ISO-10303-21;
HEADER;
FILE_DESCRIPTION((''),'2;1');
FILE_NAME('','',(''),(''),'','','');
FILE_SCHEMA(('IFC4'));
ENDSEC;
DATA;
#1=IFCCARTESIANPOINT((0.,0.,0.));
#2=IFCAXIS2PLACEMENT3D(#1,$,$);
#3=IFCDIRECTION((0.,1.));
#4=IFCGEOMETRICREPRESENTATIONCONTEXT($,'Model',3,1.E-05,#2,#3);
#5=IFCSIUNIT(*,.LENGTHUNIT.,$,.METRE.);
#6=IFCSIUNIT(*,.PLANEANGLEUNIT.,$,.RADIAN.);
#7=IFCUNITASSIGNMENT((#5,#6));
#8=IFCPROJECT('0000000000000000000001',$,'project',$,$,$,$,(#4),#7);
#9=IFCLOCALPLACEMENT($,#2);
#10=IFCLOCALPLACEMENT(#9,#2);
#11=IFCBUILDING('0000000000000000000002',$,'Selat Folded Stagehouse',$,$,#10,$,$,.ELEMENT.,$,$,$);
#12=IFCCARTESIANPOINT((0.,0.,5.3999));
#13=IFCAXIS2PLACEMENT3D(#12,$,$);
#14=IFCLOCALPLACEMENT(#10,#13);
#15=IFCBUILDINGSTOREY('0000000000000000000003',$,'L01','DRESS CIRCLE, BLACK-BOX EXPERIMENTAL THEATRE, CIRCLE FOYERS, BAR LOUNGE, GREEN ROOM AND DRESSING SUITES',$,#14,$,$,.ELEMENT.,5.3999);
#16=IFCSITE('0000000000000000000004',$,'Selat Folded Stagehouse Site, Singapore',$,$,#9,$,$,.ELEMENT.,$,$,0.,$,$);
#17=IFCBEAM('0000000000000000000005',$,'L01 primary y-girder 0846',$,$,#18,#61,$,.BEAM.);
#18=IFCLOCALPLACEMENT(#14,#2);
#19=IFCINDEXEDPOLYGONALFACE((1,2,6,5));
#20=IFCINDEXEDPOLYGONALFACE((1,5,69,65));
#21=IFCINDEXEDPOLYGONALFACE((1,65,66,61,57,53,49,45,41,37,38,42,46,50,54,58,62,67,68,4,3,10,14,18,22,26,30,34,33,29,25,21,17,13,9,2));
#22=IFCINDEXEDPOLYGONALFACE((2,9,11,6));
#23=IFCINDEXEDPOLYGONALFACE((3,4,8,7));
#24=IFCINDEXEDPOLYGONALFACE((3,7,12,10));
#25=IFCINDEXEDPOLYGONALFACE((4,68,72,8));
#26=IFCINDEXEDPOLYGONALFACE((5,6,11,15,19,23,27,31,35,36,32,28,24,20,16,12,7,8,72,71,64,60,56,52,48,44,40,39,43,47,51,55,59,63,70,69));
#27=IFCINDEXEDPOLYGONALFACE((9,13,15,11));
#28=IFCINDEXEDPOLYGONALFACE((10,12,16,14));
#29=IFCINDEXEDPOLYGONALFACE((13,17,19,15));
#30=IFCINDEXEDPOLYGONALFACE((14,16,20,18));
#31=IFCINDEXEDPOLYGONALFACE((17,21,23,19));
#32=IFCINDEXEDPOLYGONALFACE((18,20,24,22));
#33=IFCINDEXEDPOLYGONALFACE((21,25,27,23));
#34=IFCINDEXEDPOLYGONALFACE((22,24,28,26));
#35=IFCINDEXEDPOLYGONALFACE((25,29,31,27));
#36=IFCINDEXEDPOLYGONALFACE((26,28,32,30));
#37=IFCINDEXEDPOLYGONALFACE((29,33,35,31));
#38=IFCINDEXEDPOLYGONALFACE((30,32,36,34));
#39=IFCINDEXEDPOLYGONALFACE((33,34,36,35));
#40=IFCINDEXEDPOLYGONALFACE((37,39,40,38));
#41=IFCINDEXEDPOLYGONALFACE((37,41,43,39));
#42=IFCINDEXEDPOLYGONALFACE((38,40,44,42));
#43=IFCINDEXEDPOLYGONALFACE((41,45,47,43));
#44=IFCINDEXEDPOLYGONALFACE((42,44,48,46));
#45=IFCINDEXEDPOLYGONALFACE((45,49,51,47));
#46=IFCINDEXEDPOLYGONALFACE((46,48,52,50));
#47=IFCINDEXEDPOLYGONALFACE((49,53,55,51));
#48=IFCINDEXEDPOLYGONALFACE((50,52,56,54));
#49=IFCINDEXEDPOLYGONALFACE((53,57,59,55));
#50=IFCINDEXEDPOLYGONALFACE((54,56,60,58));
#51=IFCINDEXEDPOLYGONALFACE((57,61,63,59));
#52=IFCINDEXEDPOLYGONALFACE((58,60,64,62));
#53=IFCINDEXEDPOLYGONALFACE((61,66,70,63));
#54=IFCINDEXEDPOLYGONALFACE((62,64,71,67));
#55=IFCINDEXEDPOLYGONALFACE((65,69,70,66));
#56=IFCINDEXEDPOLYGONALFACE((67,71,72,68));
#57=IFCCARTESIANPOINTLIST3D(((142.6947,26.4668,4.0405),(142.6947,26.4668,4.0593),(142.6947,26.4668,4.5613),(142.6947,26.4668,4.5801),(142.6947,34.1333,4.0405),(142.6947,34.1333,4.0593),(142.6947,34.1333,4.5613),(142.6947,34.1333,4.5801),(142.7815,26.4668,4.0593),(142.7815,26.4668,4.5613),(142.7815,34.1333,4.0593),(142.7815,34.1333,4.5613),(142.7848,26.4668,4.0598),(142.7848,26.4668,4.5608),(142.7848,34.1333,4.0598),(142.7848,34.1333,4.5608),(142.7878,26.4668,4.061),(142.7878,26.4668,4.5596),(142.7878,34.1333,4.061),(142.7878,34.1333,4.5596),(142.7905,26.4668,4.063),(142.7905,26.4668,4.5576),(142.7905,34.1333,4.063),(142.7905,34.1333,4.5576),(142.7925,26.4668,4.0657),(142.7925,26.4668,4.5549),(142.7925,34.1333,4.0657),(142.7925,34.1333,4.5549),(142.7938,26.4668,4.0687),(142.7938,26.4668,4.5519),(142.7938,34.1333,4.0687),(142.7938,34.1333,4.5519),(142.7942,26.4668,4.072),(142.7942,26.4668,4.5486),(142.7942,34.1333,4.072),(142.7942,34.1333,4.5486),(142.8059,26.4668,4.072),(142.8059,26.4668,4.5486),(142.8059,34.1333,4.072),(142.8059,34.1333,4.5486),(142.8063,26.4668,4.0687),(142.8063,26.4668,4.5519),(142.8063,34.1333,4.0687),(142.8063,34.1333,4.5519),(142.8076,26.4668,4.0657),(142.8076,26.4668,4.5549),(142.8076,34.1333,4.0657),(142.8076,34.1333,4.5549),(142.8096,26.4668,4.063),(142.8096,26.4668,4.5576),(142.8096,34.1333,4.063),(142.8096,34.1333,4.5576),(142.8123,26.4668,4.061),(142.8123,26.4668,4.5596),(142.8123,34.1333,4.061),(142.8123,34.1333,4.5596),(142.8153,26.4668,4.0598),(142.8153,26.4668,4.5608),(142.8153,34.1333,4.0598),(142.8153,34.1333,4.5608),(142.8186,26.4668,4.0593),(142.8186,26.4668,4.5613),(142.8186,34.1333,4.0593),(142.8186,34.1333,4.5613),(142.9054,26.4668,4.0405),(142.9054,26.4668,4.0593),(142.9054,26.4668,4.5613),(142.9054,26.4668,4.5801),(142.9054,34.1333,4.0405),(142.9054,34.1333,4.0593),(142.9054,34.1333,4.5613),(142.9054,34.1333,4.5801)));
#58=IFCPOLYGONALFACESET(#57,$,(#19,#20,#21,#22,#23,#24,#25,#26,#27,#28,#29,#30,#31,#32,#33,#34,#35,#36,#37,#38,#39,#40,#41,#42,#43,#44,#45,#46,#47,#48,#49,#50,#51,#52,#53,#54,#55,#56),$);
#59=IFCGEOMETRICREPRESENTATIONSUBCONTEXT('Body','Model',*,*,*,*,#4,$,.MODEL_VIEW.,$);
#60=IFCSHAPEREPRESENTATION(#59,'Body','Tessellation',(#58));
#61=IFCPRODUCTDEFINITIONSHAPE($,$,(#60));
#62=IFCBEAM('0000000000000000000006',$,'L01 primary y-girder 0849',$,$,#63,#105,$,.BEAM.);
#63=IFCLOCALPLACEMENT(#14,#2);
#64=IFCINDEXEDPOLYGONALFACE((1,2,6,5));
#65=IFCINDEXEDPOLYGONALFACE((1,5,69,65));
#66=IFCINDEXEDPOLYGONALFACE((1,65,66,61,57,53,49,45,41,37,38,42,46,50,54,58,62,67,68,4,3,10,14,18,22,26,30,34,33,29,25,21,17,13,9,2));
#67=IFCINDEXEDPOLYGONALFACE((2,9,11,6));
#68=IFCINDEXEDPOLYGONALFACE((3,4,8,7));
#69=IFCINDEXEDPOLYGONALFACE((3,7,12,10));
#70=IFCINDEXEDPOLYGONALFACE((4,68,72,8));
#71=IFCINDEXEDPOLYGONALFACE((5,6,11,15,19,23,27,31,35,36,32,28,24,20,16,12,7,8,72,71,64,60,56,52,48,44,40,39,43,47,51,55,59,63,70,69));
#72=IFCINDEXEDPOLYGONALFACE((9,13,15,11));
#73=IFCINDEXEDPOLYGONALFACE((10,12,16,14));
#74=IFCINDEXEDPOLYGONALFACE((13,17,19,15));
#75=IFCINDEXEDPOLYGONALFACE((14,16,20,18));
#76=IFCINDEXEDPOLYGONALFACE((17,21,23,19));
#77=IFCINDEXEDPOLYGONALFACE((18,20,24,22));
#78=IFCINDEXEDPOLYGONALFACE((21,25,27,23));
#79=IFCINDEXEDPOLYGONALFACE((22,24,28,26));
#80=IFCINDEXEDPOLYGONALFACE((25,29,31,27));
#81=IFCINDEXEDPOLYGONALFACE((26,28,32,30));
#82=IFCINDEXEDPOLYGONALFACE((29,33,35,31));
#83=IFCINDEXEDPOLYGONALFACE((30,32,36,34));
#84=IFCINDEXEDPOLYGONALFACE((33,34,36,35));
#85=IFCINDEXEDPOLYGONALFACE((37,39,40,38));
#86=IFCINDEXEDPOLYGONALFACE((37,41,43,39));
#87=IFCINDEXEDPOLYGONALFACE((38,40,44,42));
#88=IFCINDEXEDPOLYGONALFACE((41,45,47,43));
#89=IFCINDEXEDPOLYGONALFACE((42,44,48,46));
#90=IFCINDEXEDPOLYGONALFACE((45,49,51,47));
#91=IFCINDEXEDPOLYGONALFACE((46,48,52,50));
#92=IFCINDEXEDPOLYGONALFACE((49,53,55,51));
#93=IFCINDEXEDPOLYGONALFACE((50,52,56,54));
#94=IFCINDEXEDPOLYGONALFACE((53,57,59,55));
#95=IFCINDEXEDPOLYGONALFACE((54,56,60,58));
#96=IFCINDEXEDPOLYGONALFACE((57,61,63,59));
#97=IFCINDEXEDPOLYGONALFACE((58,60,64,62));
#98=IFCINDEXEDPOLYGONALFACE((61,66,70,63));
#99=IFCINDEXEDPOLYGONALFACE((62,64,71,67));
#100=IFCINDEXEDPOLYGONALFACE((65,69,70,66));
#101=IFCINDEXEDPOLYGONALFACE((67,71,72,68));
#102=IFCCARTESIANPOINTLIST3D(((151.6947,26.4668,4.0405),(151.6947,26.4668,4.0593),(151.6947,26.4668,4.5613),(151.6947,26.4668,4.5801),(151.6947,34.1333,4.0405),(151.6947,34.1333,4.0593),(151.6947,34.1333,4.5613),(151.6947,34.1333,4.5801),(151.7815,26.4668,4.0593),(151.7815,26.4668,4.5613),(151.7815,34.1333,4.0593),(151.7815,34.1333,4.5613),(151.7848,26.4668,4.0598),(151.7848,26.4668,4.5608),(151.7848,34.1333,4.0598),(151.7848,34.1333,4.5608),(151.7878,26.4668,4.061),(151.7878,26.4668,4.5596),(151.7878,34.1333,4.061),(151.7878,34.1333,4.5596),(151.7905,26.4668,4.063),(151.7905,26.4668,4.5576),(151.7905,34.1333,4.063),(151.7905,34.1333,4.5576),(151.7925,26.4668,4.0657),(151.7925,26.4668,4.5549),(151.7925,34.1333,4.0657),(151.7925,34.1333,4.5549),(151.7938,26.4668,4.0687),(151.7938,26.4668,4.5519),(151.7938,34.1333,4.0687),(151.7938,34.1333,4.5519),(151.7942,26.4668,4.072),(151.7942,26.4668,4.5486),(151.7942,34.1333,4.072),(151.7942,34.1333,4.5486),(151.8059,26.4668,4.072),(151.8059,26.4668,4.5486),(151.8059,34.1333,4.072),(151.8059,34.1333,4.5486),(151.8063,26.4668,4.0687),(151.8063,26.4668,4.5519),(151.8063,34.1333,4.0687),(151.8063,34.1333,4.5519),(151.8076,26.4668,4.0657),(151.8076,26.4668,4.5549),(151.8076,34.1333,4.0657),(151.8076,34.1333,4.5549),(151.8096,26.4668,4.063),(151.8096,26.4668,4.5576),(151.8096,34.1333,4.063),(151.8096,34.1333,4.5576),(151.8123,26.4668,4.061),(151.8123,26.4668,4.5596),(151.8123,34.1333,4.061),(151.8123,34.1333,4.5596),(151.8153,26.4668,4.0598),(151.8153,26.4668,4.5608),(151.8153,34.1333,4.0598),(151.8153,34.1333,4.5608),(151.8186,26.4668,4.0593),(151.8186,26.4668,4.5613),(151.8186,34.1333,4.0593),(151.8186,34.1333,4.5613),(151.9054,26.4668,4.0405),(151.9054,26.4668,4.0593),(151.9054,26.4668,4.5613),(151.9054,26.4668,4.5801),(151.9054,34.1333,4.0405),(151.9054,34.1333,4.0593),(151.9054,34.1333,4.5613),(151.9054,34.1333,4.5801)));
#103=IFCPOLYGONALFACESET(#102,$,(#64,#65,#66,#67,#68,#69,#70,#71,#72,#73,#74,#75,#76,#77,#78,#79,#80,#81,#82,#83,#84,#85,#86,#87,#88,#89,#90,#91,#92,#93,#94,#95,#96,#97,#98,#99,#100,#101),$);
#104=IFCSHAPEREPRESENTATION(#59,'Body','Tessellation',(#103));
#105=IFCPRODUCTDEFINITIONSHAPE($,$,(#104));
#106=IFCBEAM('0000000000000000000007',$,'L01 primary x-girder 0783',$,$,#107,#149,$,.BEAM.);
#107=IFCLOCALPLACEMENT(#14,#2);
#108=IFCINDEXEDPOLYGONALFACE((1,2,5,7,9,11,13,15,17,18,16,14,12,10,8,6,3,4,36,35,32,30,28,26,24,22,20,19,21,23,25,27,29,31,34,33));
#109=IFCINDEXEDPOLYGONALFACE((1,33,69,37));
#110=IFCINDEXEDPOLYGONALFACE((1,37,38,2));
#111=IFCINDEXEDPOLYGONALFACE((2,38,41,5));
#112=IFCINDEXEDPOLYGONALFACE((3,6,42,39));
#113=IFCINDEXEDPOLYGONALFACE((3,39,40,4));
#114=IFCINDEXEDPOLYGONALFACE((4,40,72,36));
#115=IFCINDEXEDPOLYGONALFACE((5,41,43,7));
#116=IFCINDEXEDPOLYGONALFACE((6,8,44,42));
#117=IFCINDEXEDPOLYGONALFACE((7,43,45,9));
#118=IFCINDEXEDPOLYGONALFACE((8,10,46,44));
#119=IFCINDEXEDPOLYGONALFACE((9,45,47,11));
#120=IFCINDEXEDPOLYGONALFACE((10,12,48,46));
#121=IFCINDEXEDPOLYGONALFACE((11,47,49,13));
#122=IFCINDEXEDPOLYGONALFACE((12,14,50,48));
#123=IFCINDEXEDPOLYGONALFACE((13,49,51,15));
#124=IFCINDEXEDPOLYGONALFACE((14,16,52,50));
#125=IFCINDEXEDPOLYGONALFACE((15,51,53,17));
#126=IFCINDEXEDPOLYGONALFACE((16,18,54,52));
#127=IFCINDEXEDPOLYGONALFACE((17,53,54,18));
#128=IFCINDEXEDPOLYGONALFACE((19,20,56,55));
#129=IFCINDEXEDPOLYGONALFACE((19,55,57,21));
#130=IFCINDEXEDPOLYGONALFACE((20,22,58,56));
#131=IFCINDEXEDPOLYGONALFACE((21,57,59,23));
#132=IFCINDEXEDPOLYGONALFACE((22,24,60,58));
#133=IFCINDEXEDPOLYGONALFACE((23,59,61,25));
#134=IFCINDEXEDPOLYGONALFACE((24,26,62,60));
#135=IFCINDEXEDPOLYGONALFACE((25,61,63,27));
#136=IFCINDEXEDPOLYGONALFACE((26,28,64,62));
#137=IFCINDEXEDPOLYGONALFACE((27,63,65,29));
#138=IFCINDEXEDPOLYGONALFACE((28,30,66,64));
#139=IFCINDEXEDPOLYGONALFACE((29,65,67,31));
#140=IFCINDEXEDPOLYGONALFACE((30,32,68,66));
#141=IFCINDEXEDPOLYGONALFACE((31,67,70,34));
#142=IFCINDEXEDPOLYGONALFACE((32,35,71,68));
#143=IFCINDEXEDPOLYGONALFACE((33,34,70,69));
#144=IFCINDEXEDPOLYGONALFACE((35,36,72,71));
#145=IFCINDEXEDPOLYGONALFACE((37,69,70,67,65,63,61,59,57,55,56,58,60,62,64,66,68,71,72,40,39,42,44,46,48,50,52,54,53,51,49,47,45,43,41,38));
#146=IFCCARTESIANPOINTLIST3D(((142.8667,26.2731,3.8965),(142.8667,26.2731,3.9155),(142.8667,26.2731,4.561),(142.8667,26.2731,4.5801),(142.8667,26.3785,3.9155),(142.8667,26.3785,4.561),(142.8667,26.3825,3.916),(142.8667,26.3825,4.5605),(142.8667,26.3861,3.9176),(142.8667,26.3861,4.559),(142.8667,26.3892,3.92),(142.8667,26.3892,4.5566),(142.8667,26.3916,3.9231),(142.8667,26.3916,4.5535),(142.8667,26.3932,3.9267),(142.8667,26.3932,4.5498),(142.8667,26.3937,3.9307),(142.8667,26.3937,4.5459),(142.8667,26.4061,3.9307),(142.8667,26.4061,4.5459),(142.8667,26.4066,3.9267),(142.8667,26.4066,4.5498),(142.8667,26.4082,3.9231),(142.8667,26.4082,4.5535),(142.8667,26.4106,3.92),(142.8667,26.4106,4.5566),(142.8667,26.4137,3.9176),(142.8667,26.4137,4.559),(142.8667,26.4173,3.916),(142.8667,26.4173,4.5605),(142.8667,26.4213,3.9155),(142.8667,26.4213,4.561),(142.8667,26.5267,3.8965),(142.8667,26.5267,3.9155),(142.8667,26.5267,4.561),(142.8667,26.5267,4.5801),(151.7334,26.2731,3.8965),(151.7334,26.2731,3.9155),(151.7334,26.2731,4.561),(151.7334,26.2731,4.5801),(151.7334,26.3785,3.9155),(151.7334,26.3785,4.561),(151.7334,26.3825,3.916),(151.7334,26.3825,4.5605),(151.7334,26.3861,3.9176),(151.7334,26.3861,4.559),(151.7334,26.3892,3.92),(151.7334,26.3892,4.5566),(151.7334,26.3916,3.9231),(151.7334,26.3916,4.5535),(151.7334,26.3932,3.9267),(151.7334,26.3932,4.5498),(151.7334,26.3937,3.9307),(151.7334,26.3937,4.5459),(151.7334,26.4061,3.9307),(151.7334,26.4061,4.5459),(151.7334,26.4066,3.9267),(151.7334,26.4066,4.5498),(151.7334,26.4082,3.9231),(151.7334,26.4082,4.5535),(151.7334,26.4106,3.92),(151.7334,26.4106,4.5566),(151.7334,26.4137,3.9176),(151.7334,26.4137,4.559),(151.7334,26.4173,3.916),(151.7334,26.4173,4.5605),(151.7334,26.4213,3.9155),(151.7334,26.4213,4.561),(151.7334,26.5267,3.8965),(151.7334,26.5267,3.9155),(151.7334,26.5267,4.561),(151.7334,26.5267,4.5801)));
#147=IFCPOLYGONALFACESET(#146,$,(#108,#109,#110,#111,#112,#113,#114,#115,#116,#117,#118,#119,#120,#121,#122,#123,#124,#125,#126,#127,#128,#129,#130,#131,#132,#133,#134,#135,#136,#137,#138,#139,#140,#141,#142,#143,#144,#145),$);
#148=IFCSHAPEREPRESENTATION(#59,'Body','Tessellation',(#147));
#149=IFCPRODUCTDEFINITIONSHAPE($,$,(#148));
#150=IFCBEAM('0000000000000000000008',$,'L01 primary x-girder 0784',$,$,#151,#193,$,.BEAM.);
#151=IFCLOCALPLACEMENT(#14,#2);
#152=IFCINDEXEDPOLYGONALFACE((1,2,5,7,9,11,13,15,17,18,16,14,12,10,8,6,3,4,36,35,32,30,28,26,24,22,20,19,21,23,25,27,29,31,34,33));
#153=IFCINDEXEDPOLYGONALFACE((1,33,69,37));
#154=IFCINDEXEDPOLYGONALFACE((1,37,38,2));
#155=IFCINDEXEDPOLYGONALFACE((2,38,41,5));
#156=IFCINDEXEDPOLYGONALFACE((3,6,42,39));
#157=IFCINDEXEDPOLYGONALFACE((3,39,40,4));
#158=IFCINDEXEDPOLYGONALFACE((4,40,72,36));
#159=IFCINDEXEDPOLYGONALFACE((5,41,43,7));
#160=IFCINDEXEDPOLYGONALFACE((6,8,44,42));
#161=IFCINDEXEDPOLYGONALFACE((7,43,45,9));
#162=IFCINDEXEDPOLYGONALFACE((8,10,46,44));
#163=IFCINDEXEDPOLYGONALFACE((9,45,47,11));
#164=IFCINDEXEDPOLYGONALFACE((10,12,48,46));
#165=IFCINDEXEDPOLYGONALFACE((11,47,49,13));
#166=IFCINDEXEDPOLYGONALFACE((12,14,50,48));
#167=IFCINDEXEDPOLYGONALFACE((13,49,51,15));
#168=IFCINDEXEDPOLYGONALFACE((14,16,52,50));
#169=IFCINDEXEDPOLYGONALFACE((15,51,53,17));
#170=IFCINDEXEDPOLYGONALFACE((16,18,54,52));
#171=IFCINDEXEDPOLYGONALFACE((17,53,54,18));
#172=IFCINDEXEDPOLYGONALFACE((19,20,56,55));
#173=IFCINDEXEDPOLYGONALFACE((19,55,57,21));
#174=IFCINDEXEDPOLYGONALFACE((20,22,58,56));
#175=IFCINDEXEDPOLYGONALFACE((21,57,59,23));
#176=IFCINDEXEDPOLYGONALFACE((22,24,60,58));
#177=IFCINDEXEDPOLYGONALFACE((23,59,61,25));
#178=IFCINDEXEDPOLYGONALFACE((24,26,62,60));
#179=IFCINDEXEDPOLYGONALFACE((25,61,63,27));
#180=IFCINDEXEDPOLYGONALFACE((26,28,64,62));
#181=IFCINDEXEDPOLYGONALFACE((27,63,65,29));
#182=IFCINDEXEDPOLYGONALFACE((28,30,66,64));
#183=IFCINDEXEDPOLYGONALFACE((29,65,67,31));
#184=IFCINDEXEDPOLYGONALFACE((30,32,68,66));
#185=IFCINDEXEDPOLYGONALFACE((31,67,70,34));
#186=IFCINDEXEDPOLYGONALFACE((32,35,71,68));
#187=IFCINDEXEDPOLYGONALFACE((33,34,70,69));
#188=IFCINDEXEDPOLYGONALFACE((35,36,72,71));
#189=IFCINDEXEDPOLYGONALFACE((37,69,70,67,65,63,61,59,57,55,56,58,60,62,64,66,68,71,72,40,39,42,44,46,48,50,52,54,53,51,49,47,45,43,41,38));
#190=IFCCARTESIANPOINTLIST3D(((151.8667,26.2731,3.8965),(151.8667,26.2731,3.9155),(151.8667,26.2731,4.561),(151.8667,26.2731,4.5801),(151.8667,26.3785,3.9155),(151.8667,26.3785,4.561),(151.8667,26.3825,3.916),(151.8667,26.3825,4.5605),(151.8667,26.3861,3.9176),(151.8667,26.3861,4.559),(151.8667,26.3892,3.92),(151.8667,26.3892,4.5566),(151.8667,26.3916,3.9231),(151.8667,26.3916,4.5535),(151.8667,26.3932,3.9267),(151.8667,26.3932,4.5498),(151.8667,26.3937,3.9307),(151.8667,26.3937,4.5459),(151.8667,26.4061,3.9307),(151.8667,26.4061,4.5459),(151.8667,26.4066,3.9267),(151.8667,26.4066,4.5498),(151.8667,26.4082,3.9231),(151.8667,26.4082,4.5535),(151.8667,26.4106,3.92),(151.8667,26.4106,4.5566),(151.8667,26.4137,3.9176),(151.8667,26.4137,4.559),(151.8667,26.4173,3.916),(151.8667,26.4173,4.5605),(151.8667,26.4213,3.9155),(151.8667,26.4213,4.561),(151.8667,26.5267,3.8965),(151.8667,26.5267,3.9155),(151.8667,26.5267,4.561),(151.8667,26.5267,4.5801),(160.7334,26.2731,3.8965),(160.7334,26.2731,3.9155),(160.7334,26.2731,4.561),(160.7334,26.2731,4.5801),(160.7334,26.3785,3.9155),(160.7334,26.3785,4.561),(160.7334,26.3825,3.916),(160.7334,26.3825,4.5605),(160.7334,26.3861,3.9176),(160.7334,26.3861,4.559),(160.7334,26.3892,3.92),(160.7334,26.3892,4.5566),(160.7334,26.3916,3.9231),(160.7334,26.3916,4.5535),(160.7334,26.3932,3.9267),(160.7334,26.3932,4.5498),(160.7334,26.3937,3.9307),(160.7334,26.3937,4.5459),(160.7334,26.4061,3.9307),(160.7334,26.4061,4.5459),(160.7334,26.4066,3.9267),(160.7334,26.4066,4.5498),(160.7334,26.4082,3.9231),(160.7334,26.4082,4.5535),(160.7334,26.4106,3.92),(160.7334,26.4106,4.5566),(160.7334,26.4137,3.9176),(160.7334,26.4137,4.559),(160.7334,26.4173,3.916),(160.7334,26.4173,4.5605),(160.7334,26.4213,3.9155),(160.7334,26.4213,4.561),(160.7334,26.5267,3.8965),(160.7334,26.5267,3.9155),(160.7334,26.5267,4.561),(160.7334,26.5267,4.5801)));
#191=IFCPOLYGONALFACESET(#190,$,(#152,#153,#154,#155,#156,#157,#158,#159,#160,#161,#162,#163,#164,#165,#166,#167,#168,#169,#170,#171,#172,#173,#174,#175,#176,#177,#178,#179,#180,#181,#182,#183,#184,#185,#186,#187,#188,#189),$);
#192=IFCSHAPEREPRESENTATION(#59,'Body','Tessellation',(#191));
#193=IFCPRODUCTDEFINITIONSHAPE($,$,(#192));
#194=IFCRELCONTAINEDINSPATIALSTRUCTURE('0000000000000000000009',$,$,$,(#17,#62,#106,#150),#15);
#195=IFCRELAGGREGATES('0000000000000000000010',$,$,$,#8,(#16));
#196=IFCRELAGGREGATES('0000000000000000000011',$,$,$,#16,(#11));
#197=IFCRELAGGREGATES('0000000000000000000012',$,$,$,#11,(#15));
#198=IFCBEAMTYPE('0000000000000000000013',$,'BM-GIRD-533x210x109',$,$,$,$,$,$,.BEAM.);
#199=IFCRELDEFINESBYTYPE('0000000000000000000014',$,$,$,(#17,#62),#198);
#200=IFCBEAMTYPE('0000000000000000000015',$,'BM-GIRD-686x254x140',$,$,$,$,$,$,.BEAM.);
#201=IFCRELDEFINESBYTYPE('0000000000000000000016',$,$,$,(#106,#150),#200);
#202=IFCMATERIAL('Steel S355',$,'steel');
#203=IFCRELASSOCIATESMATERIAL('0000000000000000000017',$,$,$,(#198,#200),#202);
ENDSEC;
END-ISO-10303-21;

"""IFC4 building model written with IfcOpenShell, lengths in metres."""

from ifc_helpers import new_model, si_unit, direction, frame, origin, origin_2d, place, context, subcontext, project, spatial, i_section, extrude, material, material_profile, profile_set, type_object, element, save


model = new_model("IFC4")

# Units and contexts
model_context = context("Model", 3, precision=1e-05, world=origin(), true_north=direction((0.0, 1.0)))
body_context = subcontext(model_context, "Body", "Model", "MODEL_VIEW")
ifc_project = project(units=[si_unit("LENGTHUNIT", "METRE"), si_unit("PLANEANGLEUNIT", "RADIAN")], contexts=[model_context])

# Site, building, storey
site_placement = place(None, origin())
site = spatial("IfcSite", under=ifc_project, at=site_placement, Name="Selat Folded Stagehouse Site, Singapore", CompositionType="ELEMENT", RefElevation=0.0)
building_placement = place(site_placement, origin())
building = spatial("IfcBuilding", under=site, at=building_placement, Name="Selat Folded Stagehouse", CompositionType="ELEMENT")
storey_placement = place(building_placement, frame((0.0, 0.0, 5.3999)))
storey = spatial("IfcBuildingStorey", under=building, at=storey_placement, Name="L01", Description="DRESS CIRCLE, BLACK-BOX EXPERIMENTAL THEATRE, CIRCLE FOYERS, BAR LOUNGE, GREEN ROOM AND DRESSING SUITES", CompositionType="ELEMENT", Elevation=5.3999)

# Shared definitions
ifc_material_1 = material(Name="Steel S355", Category="steel")

# Beams
ifc_material_profile_1 = material_profile(ifc_material_1, i_section(OverallWidth=0.2107, OverallDepth=0.5396, WebThickness=0.0117, FlangeThickness=0.0188, FilletRadius=0.0127, at=origin_2d()), Name="UKB 533x210x109")
ifc_profile_set_1 = profile_set([ifc_material_profile_1], Name="Steel S355")
beam_type_1 = type_object("IfcBeamType", Name="BM-GIRD-533x210x109", PredefinedType="BEAM", material=ifc_profile_set_1)
for number, where, z_axis, x_axis, name in (
    (1, (142.8, 26.4668, 4.3103), (0.0, 1.0, 0.0), (-1.0, 0.0, 0.0), "L01 primary y-girder 0846"),
    (2, (151.8, 26.4668, 4.3103), (0.0, 1.0, 0.0), (-1.0, 0.0, 0.0), "L01 primary y-girder 0849"),
):
    element("IfcBeam", number, at=place(storey_placement, frame(where, z_axis=z_axis, x_axis=x_axis)), inside=storey, type_object=beam_type_1, Name=name, PredefinedType="BEAM", context=body_context, shape_type="SweptSolid", body=[
        extrude(i_section(OverallWidth=0.2107, OverallDepth=0.5396, WebThickness=0.0117, FlangeThickness=0.0188, FilletRadius=0.0127, at=origin_2d()), origin(), (0.0, 0.0, 1.0), 7.6665),
    ])
ifc_material_profile_2 = material_profile(ifc_material_1, i_section(OverallWidth=0.2537, OverallDepth=0.6836, WebThickness=0.0125, FlangeThickness=0.019, FilletRadius=0.0151, at=origin_2d()), Name="UKB 686x254x140")
ifc_profile_set_2 = profile_set([ifc_material_profile_2], Name="Steel S355")
beam_type_2 = type_object("IfcBeamType", Name="BM-GIRD-686x254x140", PredefinedType="BEAM", material=ifc_profile_set_2)
for number, where, z_axis, x_axis, name in (
    (3, (142.8667, 26.3999, 4.2383), (1.0, 0.0, 0.0), (0.0, 1.0, 0.0), "L01 primary x-girder 0783"),
    (4, (151.8667, 26.3999, 4.2383), (1.0, 0.0, 0.0), (0.0, 1.0, 0.0), "L01 primary x-girder 0784"),
):
    element("IfcBeam", number, at=place(storey_placement, frame(where, z_axis=z_axis, x_axis=x_axis)), inside=storey, type_object=beam_type_2, Name=name, PredefinedType="BEAM", context=body_context, shape_type="SweptSolid", body=[
        extrude(i_section(OverallWidth=0.2537, OverallDepth=0.6836, WebThickness=0.0125, FlangeThickness=0.019, FilletRadius=0.0151, at=origin_2d()), origin(), (0.0, 0.0, 1.0), 8.8667),
    ])

save(model, "model.ifc")
